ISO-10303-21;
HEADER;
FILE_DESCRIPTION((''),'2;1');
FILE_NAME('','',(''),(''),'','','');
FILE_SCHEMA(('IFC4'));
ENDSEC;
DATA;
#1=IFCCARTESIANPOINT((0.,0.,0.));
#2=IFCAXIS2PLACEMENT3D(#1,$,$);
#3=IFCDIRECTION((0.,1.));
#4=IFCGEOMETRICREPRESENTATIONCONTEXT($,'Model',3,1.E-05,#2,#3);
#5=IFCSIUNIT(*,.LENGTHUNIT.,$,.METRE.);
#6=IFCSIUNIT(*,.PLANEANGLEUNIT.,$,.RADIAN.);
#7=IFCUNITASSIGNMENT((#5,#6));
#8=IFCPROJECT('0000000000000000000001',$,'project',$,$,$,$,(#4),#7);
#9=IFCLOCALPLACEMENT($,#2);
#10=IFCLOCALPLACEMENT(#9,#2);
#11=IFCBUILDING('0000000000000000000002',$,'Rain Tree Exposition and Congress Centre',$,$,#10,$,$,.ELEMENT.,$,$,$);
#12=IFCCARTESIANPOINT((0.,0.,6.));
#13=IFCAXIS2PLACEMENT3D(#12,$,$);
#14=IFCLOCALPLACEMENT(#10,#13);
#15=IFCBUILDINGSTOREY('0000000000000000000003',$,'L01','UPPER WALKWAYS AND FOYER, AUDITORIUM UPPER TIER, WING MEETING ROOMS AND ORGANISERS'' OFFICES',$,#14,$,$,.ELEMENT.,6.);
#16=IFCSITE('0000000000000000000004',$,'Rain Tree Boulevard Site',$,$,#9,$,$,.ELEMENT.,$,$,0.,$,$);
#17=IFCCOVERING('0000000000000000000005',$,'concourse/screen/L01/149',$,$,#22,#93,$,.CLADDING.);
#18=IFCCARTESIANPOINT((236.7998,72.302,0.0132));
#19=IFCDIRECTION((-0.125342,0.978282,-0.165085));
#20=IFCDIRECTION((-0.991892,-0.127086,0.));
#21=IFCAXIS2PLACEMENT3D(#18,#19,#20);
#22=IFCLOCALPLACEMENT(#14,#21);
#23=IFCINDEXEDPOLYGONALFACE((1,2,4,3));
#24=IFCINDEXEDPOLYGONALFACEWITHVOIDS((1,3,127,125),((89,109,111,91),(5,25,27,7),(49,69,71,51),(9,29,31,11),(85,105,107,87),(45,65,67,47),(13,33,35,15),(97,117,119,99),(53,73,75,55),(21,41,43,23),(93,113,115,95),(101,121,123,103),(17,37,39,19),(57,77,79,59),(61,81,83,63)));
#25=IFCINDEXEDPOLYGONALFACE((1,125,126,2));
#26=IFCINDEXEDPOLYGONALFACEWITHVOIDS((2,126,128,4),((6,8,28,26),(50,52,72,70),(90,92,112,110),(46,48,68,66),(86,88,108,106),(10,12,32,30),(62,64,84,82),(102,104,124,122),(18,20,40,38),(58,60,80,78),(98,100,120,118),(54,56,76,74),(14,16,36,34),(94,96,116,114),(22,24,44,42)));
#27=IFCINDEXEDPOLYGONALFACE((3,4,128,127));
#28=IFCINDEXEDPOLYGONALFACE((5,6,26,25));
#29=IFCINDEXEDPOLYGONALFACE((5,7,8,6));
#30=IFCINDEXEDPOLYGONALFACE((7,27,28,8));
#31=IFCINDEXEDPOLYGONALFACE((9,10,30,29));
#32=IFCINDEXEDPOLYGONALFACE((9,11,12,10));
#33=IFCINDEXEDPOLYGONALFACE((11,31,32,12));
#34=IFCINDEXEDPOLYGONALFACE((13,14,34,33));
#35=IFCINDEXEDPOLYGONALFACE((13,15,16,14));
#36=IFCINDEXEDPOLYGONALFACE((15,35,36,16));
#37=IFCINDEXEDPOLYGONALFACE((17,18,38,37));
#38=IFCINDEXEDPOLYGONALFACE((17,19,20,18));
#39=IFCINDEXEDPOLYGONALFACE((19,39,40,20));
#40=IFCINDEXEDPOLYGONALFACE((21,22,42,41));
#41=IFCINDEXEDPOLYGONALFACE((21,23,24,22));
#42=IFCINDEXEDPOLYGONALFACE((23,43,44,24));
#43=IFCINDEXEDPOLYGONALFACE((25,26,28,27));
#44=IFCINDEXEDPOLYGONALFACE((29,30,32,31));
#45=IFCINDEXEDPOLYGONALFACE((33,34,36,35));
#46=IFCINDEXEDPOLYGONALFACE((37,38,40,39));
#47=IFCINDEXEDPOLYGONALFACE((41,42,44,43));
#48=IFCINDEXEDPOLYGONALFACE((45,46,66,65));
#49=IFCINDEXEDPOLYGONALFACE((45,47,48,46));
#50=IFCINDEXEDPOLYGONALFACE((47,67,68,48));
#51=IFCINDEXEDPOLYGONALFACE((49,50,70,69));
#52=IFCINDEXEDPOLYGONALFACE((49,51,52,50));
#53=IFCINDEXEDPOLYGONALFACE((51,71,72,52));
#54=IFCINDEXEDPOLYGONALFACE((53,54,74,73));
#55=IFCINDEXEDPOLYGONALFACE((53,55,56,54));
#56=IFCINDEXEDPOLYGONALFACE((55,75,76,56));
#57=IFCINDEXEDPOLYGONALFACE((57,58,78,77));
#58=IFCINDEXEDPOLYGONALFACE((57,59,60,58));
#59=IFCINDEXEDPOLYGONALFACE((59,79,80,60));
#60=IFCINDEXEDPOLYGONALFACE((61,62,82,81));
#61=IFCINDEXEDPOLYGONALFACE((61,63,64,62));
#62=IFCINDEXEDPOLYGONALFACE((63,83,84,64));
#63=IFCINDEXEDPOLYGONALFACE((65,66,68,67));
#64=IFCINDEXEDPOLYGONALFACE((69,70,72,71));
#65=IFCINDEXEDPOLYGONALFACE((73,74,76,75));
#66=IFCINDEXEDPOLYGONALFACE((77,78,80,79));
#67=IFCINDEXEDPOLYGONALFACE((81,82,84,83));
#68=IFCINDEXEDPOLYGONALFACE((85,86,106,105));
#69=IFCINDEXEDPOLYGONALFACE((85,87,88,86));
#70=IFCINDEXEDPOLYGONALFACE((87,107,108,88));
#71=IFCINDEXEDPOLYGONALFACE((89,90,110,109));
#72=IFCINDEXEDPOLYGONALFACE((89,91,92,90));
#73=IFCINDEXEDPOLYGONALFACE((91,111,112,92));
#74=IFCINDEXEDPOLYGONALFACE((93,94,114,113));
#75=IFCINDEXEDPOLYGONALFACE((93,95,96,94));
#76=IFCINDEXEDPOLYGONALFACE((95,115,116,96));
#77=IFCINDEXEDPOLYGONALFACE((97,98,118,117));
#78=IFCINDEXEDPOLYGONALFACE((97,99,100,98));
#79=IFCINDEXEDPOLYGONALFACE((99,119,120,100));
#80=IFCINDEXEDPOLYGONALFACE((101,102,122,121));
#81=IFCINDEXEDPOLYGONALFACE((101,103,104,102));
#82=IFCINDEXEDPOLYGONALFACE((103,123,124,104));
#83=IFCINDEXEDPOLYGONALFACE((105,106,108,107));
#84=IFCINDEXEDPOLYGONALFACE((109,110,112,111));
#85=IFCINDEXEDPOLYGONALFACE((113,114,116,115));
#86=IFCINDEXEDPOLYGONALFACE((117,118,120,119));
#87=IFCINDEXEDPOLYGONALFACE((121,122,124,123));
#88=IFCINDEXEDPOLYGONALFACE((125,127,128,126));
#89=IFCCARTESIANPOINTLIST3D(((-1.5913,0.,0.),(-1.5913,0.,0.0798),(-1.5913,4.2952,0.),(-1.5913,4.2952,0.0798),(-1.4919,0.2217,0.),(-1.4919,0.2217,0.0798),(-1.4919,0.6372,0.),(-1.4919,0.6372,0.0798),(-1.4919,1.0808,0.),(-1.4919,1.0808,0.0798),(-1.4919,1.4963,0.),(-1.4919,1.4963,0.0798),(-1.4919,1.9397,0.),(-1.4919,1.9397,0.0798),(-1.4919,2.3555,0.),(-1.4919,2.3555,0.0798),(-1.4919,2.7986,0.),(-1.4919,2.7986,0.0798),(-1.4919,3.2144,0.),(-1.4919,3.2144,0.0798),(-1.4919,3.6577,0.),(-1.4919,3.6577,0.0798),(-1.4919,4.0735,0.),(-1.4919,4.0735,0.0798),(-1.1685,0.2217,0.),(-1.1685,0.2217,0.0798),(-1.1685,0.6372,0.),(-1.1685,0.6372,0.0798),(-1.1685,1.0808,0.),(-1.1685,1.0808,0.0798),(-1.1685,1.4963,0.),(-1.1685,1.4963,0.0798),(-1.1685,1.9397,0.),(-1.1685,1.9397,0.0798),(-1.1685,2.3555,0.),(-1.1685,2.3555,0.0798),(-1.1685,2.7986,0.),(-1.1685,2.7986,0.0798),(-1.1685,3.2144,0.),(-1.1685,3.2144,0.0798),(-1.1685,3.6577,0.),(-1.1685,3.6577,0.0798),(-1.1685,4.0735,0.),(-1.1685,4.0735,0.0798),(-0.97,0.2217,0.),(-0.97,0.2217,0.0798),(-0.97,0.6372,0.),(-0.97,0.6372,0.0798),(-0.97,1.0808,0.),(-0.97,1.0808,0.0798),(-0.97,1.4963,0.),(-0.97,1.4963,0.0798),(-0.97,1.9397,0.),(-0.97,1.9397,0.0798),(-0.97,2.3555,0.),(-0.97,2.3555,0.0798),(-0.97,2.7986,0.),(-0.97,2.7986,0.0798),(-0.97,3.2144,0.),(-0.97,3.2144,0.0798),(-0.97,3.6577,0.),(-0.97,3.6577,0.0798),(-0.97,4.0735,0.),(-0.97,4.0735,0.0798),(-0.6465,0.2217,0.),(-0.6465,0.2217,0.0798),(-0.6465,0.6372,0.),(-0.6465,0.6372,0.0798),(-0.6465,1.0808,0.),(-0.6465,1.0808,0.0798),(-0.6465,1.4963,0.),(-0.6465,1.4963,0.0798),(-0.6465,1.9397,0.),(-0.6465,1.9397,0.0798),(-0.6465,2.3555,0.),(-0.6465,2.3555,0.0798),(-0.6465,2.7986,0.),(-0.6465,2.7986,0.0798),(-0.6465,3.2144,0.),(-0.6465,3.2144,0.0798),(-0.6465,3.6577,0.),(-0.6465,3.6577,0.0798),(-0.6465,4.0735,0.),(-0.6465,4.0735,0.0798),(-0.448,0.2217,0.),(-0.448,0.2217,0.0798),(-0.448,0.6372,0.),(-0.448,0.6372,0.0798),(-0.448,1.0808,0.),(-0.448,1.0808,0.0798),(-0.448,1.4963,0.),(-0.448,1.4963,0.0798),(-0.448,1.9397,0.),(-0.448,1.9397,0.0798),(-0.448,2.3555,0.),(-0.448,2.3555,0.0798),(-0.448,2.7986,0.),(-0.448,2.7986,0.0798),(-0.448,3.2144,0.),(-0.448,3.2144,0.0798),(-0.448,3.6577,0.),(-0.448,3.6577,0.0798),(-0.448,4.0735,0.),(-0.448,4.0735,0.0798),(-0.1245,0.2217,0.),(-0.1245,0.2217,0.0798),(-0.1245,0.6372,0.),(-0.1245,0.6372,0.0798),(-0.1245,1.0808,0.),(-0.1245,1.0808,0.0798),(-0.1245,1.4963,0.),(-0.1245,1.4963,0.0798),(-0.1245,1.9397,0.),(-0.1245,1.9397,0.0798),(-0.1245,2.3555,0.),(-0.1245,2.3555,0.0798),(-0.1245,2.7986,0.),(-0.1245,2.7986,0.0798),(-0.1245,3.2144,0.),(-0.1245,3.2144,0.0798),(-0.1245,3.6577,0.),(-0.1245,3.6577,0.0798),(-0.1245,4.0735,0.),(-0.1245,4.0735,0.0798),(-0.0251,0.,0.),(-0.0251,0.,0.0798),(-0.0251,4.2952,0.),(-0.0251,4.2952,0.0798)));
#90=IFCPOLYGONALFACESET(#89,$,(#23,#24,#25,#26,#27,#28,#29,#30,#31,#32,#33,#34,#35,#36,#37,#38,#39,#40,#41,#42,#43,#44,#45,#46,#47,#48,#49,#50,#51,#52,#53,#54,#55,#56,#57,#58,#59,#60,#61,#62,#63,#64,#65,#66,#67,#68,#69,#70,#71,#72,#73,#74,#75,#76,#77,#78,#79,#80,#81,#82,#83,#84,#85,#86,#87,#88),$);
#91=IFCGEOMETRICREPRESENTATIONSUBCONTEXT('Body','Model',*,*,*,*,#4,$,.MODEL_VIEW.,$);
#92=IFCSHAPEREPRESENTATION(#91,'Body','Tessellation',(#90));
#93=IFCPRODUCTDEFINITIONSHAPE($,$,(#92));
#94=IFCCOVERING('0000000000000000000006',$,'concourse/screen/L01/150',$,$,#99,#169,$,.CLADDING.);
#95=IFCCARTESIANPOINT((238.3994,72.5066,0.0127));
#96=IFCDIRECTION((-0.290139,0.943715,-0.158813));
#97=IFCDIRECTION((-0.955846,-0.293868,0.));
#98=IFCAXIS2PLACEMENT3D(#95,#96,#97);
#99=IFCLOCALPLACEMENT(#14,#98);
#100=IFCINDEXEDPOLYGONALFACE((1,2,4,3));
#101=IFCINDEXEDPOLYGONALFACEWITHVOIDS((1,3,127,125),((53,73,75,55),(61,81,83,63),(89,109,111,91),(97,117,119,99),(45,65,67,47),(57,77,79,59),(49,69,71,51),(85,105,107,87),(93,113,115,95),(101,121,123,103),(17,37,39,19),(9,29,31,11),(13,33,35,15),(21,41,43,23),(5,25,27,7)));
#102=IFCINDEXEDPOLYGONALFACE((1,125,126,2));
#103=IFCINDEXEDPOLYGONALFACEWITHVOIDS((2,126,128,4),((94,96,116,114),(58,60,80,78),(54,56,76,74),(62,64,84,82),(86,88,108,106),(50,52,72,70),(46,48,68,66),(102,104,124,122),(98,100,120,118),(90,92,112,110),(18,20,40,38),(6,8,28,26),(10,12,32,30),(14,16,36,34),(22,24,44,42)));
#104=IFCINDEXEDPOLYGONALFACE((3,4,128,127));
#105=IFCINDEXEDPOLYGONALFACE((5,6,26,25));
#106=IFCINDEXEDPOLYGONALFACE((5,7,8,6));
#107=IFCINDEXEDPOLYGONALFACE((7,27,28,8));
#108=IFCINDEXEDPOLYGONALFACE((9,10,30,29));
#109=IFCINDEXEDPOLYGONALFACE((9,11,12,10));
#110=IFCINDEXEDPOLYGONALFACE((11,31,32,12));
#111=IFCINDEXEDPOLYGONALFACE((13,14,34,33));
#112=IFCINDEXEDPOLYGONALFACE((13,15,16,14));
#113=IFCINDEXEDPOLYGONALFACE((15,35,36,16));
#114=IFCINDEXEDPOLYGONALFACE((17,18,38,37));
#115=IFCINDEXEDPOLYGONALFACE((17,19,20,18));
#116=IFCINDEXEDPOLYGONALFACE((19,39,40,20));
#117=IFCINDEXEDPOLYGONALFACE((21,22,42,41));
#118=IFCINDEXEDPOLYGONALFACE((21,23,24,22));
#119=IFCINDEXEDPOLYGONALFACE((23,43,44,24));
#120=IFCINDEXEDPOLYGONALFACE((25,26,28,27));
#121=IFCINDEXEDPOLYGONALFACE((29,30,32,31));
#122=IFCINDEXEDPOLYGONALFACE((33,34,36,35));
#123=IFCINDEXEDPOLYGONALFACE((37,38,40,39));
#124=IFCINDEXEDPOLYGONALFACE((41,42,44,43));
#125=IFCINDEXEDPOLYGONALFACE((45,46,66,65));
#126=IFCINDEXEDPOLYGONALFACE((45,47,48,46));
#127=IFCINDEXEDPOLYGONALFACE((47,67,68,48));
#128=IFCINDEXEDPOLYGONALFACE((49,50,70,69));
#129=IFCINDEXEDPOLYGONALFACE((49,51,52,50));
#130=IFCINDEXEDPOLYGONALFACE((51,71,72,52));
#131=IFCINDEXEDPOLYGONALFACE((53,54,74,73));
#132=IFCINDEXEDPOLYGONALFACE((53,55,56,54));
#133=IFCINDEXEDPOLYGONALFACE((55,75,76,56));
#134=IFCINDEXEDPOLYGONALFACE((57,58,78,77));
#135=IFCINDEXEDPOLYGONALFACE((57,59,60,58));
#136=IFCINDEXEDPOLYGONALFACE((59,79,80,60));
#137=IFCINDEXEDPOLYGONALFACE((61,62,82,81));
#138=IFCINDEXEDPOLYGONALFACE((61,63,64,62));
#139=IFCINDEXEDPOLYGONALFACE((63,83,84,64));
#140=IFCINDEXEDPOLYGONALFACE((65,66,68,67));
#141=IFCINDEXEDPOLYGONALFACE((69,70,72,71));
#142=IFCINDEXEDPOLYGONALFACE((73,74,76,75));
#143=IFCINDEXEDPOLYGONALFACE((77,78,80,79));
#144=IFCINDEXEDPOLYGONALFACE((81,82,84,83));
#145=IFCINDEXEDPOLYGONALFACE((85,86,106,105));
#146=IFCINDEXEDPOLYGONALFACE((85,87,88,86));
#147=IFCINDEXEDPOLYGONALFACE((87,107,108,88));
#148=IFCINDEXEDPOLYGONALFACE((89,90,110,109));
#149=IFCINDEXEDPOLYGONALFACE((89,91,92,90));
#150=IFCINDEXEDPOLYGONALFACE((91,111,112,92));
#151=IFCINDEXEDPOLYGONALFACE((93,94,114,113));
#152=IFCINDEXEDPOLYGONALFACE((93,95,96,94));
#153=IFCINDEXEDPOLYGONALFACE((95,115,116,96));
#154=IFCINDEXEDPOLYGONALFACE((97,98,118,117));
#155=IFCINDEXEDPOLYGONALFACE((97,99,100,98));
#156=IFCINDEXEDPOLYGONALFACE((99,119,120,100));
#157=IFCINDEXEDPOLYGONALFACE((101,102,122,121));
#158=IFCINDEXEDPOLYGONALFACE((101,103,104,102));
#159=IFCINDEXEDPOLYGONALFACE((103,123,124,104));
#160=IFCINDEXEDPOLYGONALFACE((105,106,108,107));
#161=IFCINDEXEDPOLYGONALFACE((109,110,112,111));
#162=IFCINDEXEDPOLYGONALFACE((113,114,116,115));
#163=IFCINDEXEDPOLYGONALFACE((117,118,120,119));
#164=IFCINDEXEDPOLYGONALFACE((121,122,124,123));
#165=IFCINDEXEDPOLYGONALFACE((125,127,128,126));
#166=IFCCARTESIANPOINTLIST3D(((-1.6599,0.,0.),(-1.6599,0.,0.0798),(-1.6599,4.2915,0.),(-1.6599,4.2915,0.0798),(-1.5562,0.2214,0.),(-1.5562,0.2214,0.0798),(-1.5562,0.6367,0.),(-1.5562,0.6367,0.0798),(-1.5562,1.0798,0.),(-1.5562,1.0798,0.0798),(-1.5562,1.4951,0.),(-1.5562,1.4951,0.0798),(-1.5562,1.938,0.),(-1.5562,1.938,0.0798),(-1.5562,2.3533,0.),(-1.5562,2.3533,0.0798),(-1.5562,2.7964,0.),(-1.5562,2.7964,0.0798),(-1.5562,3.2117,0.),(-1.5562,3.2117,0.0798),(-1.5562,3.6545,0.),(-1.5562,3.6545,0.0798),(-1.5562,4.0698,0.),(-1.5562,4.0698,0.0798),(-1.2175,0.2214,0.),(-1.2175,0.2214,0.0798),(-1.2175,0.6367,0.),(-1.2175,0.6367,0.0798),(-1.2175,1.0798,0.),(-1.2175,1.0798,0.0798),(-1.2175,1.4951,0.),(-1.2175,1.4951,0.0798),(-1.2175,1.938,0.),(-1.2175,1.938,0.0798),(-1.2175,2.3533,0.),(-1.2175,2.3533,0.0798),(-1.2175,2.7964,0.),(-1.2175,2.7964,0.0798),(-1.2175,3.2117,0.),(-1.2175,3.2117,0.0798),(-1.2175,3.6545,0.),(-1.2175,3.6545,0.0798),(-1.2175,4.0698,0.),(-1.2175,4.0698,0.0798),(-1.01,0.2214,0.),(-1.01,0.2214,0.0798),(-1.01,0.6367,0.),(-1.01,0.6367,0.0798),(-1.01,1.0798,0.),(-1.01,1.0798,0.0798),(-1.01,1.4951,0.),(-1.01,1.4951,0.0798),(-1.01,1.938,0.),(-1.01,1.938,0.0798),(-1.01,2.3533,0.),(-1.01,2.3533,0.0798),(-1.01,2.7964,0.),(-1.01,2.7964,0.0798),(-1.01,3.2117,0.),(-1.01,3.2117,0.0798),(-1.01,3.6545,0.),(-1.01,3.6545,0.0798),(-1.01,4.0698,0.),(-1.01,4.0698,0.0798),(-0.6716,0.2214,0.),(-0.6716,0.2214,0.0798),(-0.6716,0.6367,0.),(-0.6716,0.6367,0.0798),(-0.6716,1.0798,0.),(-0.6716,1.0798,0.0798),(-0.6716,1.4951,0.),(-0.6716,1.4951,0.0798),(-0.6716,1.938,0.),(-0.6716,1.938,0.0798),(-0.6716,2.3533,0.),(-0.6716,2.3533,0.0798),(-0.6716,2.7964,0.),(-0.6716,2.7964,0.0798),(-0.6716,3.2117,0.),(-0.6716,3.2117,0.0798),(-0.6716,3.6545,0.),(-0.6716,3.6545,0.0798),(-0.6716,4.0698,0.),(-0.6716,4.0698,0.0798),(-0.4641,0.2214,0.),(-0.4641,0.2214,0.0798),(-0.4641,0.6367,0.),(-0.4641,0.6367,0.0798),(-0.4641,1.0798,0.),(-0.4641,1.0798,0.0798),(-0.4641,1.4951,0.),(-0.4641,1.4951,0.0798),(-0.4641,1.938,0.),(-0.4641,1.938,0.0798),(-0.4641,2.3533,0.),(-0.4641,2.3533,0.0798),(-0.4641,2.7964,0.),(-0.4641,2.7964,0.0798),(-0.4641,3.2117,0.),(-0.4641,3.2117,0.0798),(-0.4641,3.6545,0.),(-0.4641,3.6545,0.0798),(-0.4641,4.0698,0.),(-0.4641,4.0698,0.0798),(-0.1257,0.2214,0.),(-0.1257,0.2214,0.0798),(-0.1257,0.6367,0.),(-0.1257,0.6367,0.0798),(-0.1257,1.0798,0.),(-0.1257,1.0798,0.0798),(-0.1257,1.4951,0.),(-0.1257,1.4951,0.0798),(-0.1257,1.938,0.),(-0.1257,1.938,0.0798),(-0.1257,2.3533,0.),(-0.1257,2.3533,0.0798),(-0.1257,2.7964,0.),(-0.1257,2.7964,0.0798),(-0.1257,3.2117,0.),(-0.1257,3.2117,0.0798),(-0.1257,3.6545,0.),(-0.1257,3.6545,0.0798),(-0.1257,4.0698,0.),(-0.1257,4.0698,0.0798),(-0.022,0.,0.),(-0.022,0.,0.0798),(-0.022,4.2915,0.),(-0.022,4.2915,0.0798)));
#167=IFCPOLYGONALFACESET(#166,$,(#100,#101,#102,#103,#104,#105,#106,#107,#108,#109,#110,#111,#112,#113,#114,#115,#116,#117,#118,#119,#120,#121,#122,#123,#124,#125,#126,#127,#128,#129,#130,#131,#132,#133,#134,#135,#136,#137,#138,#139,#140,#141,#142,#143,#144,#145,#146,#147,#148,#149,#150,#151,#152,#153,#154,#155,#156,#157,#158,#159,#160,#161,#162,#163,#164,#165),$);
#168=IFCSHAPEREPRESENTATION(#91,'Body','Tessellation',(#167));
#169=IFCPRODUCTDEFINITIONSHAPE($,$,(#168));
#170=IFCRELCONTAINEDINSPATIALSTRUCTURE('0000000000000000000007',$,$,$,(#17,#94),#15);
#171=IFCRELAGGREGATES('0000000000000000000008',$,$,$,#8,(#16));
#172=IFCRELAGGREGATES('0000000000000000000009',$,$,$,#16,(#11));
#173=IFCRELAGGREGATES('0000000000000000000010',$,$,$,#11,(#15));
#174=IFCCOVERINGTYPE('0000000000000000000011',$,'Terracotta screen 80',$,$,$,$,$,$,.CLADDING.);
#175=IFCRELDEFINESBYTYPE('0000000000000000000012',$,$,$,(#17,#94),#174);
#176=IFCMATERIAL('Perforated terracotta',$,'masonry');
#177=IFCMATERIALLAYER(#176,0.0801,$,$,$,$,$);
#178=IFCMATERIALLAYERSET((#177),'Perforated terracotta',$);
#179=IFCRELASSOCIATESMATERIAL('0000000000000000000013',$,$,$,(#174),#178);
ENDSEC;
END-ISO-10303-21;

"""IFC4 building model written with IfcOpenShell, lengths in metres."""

from ifc_helpers import new_model, si_unit, direction, frame, origin, place, context, subcontext, project, spatial, polyline, outline, extrude, material, layer, layer_set, type_object, element, save


model = new_model("IFC4")

# Units and contexts
model_context = context("Model", 3, precision=1e-05, world=origin(), true_north=direction((0.0, 1.0)))
body_context = subcontext(model_context, "Body", "Model", "MODEL_VIEW")
ifc_project = project(units=[si_unit("LENGTHUNIT", "METRE"), si_unit("PLANEANGLEUNIT", "RADIAN")], contexts=[model_context])

# Site, building, storey
site_placement = place(None, origin())
site = spatial("IfcSite", under=ifc_project, at=site_placement, Name="Rain Tree Boulevard Site", CompositionType="ELEMENT", RefElevation=0.0)
building_placement = place(site_placement, origin())
building = spatial("IfcBuilding", under=site, at=building_placement, Name="Rain Tree Exposition and Congress Centre", CompositionType="ELEMENT")
storey_placement = place(building_placement, frame((0.0, 0.0, 6.0)))
storey = spatial("IfcBuildingStorey", under=building, at=storey_placement, Name="L01", Description="UPPER WALKWAYS AND FOYER, AUDITORIUM UPPER TIER, WING MEETING ROOMS AND ORGANISERS' OFFICES", CompositionType="ELEMENT", Elevation=6.0)

# Coverings
ifc_material_1 = material(Name="Perforated terracotta", Category="masonry")
ifc_layer_1 = layer(ifc_material_1, 0.0801)
ifc_layer_set_1 = layer_set([ifc_layer_1], Name="Perforated terracotta")
covering_type = type_object("IfcCoveringType", Name="Terracotta screen 80", PredefinedType="CLADDING", material=ifc_layer_set_1)
covering_1_placement = place(storey_placement, frame((236.7998, 72.302, 0.0132), z_axis=(-0.125342, 0.978282, -0.165085), x_axis=(-0.991892, -0.127086, 0.0)))
element("IfcCovering", 1, at=covering_1_placement, inside=storey, type_object=covering_type, Name="concourse/screen/L01/149", PredefinedType="CLADDING", context=body_context, shape_type="SweptSolid", body=[
    extrude(outline(polyline([(-1.5913, 0.0), (-1.5913, 4.2952), (-0.0251, 4.2952), (-0.0251, 0.0), (-1.5913, 0.0)]), holes=[polyline([(-0.1245, 0.2217), (-0.1245, 0.6372), (-0.448, 0.6372), (-0.448, 0.2217), (-0.1245, 0.2217)]), polyline([(-0.1245, 1.0808), (-0.1245, 1.4963), (-0.448, 1.4963), (-0.448, 1.0808), (-0.1245, 1.0808)]), polyline([(-0.1245, 1.9397), (-0.1245, 2.3555), (-0.448, 2.3555), (-0.448, 1.9397), (-0.1245, 1.9397)]), polyline([(-0.1245, 2.7986), (-0.1245, 3.2144), (-0.448, 3.2144), (-0.448, 2.7986), (-0.1245, 2.7986)]), polyline([(-0.1245, 3.6577), (-0.1245, 4.0735), (-0.448, 4.0735), (-0.448, 3.6577), (-0.1245, 3.6577)]), polyline([(-0.6465, 0.2217), (-0.6465, 0.6372), (-0.97, 0.6372), (-0.97, 0.2217), (-0.6465, 0.2217)]), polyline([(-0.6465, 1.0808), (-0.6465, 1.4963), (-0.97, 1.4963), (-0.97, 1.0808), (-0.6465, 1.0808)]), polyline([(-0.6465, 1.9397), (-0.6465, 2.3555), (-0.97, 2.3555), (-0.97, 1.9397), (-0.6465, 1.9397)]), polyline([(-0.6465, 2.7986), (-0.6465, 3.2144), (-0.97, 3.2144), (-0.97, 2.7986), (-0.6465, 2.7986)]), polyline([(-0.6465, 3.6577), (-0.6465, 4.0735), (-0.97, 4.0735), (-0.97, 3.6577), (-0.6465, 3.6577)]), polyline([(-1.1685, 0.2217), (-1.1685, 0.6372), (-1.4919, 0.6372), (-1.4919, 0.2217), (-1.1685, 0.2217)]), polyline([(-1.1685, 1.0808), (-1.1685, 1.4963), (-1.4919, 1.4963), (-1.4919, 1.0808), (-1.1685, 1.0808)]), polyline([(-1.1685, 1.9397), (-1.1685, 2.3555), (-1.4919, 2.3555), (-1.4919, 1.9397), (-1.1685, 1.9397)]), polyline([(-1.1685, 2.7986), (-1.1685, 3.2144), (-1.4919, 3.2144), (-1.4919, 2.7986), (-1.1685, 2.7986)]), polyline([(-1.1685, 3.6577), (-1.1685, 4.0735), (-1.4919, 4.0735), (-1.4919, 3.6577), (-1.1685, 3.6577)])]), origin(), (0.0, 0.0, 1.0), 0.0798),
])
covering_2_placement = place(storey_placement, frame((238.3994, 72.5066, 0.0127), z_axis=(-0.290139, 0.943715, -0.158813), x_axis=(-0.955846, -0.293868, 0.0)))
element("IfcCovering", 2, at=covering_2_placement, inside=storey, type_object=covering_type, Name="concourse/screen/L01/150", PredefinedType="CLADDING", context=body_context, shape_type="SweptSolid", body=[
    extrude(outline(polyline([(-1.6599, 0.0), (-1.6599, 4.2915), (-0.022, 4.2915), (-0.022, 0.0), (-1.6599, 0.0)]), holes=[polyline([(-0.1257, 0.2214), (-0.1257, 0.6367), (-0.4641, 0.6367), (-0.4641, 0.2214), (-0.1257, 0.2214)]), polyline([(-0.1257, 1.0798), (-0.1257, 1.4951), (-0.4641, 1.4951), (-0.4641, 1.0798), (-0.1257, 1.0798)]), polyline([(-0.1257, 1.938), (-0.1257, 2.3533), (-0.4641, 2.3533), (-0.4641, 1.938), (-0.1257, 1.938)]), polyline([(-0.1257, 2.7964), (-0.1257, 3.2117), (-0.4641, 3.2117), (-0.4641, 2.7964), (-0.1257, 2.7964)]), polyline([(-0.1257, 3.6545), (-0.1257, 4.0698), (-0.4641, 4.0698), (-0.4641, 3.6545), (-0.1257, 3.6545)]), polyline([(-0.6716, 0.2214), (-0.6716, 0.6367), (-1.01, 0.6367), (-1.01, 0.2214), (-0.6716, 0.2214)]), polyline([(-0.6716, 1.0798), (-0.6716, 1.4951), (-1.01, 1.4951), (-1.01, 1.0798), (-0.6716, 1.0798)]), polyline([(-0.6716, 1.938), (-0.6716, 2.3533), (-1.01, 2.3533), (-1.01, 1.938), (-0.6716, 1.938)]), polyline([(-0.6716, 2.7964), (-0.6716, 3.2117), (-1.01, 3.2117), (-1.01, 2.7964), (-0.6716, 2.7964)]), polyline([(-0.6716, 3.6545), (-0.6716, 4.0698), (-1.01, 4.0698), (-1.01, 3.6545), (-0.6716, 3.6545)]), polyline([(-1.2175, 0.2214), (-1.2175, 0.6367), (-1.5562, 0.6367), (-1.5562, 0.2214), (-1.2175, 0.2214)]), polyline([(-1.2175, 1.0798), (-1.2175, 1.4951), (-1.5562, 1.4951), (-1.5562, 1.0798), (-1.2175, 1.0798)]), polyline([(-1.2175, 1.938), (-1.2175, 2.3533), (-1.5562, 2.3533), (-1.5562, 1.938), (-1.2175, 1.938)]), polyline([(-1.2175, 2.7964), (-1.2175, 3.2117), (-1.5562, 3.2117), (-1.5562, 2.7964), (-1.2175, 2.7964)]), polyline([(-1.2175, 3.6545), (-1.2175, 4.0698), (-1.5562, 4.0698), (-1.5562, 3.6545), (-1.2175, 3.6545)])]), origin(), (0.0, 0.0, 1.0), 0.0798),
])

save(model, "model.ifc")
